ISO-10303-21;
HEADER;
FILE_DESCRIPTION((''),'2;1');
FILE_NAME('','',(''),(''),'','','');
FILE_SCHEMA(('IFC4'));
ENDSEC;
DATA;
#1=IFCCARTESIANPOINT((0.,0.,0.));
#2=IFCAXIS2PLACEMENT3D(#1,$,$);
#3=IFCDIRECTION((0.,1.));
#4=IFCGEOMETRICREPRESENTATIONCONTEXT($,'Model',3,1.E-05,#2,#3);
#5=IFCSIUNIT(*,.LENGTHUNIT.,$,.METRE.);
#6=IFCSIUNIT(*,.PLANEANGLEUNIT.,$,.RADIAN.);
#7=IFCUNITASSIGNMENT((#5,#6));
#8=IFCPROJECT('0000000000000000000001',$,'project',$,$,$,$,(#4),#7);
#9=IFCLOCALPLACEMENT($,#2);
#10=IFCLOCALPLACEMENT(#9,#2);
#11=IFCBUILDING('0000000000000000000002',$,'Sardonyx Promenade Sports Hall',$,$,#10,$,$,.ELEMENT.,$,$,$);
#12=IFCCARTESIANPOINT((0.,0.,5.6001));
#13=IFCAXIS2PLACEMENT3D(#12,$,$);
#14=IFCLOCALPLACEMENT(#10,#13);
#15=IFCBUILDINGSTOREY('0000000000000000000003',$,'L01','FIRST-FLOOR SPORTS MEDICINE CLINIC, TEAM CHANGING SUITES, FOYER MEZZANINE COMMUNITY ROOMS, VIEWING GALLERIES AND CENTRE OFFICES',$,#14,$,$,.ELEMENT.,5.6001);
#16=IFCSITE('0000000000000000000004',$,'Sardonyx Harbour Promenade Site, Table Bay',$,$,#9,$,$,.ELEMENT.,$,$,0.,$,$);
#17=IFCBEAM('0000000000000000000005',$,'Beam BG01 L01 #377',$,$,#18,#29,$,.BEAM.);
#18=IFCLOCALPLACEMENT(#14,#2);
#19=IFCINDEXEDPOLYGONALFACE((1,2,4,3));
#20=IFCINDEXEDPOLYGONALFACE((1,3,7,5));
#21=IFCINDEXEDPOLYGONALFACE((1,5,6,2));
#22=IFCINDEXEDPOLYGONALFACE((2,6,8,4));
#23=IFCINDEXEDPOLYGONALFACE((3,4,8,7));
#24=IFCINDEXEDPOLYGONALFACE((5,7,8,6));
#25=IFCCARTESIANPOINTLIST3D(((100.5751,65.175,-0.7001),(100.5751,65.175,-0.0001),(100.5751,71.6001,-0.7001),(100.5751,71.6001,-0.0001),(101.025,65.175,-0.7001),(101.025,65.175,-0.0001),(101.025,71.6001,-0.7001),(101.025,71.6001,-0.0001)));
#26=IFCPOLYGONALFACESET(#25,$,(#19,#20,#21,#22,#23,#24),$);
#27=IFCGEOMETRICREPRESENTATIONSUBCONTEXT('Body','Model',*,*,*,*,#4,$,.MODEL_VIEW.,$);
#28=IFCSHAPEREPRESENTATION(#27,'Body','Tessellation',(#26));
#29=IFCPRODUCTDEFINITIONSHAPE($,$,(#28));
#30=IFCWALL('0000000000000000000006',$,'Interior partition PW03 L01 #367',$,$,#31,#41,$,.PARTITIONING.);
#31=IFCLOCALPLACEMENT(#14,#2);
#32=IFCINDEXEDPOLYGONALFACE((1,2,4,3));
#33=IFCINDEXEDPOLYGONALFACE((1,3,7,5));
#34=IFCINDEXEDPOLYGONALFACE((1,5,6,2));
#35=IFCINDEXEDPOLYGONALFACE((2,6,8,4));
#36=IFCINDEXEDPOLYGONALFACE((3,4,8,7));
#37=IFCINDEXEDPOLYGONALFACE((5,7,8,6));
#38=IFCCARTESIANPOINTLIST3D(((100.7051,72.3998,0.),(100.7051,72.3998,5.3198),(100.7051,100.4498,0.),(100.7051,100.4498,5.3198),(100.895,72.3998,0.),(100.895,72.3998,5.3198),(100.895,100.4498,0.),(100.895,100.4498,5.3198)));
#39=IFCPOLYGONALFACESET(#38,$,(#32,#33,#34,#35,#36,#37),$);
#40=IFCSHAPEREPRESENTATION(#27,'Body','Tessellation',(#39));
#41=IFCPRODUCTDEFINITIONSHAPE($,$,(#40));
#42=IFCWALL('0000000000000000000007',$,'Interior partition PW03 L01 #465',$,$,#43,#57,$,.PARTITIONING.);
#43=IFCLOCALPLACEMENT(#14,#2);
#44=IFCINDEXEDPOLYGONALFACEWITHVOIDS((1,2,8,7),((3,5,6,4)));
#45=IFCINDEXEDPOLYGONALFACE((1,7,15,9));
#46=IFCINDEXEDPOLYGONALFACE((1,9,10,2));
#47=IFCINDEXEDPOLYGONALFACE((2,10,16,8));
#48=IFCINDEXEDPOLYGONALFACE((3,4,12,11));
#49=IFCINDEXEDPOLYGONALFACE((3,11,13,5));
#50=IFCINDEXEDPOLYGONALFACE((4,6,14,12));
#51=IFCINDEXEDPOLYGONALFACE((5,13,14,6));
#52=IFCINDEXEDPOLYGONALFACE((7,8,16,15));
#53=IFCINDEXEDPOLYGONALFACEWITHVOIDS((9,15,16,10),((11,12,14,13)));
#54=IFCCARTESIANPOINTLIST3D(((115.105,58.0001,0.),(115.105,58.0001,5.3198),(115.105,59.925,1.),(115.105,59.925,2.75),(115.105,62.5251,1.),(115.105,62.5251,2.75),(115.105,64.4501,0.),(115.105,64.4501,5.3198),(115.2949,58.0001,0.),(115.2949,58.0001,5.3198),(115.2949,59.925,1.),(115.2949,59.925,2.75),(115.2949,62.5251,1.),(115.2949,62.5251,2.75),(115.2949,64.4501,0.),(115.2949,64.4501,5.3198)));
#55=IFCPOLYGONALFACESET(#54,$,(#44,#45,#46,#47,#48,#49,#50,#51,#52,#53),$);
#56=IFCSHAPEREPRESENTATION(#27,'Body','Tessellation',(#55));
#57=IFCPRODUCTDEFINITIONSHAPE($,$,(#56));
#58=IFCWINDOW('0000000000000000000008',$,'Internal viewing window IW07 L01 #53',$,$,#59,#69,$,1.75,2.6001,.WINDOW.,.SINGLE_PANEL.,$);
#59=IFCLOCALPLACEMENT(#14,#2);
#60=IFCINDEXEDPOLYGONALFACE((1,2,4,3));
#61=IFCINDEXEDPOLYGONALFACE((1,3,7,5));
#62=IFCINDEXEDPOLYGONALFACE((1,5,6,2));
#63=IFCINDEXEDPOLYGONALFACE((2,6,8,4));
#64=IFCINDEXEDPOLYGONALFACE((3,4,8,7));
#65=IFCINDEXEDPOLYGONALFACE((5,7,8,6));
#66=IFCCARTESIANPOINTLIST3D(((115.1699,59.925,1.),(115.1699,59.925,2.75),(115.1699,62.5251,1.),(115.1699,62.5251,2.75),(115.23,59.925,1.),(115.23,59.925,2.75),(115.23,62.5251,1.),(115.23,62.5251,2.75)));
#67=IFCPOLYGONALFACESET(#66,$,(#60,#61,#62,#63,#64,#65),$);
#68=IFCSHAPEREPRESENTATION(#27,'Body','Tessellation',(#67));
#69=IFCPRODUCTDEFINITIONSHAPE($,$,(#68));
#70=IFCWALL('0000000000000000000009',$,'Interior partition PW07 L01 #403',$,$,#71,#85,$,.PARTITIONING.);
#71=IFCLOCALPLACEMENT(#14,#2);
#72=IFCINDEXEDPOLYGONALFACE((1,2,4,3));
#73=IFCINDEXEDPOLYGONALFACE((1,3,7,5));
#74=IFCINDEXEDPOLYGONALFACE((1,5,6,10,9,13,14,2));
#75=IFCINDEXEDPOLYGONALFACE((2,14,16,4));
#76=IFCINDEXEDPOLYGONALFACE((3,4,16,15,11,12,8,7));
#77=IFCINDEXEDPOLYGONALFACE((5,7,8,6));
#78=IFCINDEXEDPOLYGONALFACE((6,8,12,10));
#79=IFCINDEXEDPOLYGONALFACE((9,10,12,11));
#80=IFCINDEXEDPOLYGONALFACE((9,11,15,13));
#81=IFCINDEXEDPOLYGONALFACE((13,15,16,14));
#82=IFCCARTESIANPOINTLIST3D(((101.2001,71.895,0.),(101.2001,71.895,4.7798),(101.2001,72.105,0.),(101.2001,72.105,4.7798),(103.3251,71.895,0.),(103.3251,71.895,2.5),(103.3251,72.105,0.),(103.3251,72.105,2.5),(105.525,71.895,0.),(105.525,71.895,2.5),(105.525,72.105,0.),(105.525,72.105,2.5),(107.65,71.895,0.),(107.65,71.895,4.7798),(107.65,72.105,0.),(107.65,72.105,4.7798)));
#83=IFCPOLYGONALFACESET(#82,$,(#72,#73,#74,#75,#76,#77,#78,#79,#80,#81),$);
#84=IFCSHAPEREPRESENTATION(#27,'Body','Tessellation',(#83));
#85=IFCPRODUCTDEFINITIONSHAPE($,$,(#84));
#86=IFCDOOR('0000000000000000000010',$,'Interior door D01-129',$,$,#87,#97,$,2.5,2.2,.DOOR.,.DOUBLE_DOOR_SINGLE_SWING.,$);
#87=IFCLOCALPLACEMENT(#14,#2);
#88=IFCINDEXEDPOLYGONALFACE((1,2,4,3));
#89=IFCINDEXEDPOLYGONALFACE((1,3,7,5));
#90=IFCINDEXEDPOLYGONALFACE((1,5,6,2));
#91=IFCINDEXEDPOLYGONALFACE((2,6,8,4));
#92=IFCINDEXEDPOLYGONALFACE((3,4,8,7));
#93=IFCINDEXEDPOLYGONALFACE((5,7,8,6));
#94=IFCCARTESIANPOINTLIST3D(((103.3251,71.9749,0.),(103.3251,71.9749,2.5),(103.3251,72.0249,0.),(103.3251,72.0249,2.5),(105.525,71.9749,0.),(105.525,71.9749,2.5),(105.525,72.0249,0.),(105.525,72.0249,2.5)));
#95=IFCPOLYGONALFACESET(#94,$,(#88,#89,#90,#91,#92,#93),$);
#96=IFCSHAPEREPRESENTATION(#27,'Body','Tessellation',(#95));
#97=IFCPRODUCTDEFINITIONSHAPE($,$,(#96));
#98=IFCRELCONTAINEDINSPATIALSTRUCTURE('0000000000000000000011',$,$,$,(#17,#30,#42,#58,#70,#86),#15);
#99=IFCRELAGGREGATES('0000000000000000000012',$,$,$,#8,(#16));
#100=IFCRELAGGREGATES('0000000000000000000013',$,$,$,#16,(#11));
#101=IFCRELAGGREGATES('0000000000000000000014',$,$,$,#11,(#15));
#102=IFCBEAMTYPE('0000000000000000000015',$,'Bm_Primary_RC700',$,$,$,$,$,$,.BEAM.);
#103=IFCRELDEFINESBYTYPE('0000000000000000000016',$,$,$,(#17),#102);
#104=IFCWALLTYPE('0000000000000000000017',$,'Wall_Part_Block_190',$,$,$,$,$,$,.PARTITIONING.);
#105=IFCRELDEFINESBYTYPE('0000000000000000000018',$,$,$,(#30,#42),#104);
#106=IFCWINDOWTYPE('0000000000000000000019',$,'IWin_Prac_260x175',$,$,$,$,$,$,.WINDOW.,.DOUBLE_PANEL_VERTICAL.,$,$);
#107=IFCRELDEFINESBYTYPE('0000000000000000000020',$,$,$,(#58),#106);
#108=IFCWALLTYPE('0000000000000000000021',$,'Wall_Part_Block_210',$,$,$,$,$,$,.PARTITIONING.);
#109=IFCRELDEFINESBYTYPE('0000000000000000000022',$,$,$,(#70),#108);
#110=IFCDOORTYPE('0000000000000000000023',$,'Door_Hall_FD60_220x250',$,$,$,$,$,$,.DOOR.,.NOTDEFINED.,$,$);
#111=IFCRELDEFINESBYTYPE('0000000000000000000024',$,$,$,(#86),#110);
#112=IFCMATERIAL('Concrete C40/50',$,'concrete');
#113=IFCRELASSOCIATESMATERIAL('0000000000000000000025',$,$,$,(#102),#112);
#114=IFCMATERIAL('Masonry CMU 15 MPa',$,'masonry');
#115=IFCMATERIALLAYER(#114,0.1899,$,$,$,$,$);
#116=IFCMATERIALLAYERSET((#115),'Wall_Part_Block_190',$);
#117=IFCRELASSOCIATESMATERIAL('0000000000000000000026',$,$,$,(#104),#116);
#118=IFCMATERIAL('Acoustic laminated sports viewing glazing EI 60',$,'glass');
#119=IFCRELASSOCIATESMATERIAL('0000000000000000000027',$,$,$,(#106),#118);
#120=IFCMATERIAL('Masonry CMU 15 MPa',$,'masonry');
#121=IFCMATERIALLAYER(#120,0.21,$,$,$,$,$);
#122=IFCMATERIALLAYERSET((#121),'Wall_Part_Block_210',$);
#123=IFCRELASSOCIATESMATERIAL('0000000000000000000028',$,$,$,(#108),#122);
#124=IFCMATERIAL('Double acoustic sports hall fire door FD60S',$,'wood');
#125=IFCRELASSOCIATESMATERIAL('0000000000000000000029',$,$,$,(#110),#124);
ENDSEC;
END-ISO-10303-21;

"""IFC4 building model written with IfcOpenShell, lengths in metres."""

from ifc_helpers import new_model, si_unit, direction, frame, frame_2d, origin, origin_2d, place, context, subcontext, project, spatial, rectangle, extrude, material, layer, layer_set, material_profile, profile_set, type_object, element, fill, save


model = new_model("IFC4")

# Units and contexts
model_context = context("Model", 3, precision=1e-05, world=origin(), true_north=direction((0.0, 1.0)))
body_context = subcontext(model_context, "Body", "Model", "MODEL_VIEW")
ifc_project = project(units=[si_unit("LENGTHUNIT", "METRE"), si_unit("PLANEANGLEUNIT", "RADIAN")], contexts=[model_context])

# Site, building, storey
site_placement = place(None, origin())
site = spatial("IfcSite", under=ifc_project, at=site_placement, Name="Sardonyx Harbour Promenade Site, Table Bay", CompositionType="ELEMENT", RefElevation=0.0)
building_placement = place(site_placement, origin())
building = spatial("IfcBuilding", under=site, at=building_placement, Name="Sardonyx Promenade Sports Hall", CompositionType="ELEMENT")
storey_placement = place(building_placement, frame((0.0, 0.0, 5.6001)))
storey = spatial("IfcBuildingStorey", under=building, at=storey_placement, Name="L01", Description="FIRST-FLOOR SPORTS MEDICINE CLINIC, TEAM CHANGING SUITES, FOYER MEZZANINE COMMUNITY ROOMS, VIEWING GALLERIES AND CENTRE OFFICES", CompositionType="ELEMENT", Elevation=5.6001)

# Beam
ifc_material_1 = material(Name="Concrete C40/50", Category="concrete")
ifc_material_profile_1 = material_profile(ifc_material_1, rectangle(XDim=0.45, YDim=0.7, at=origin_2d()))
ifc_profile_set_1 = profile_set([ifc_material_profile_1], Name="Concrete C40/50")
beam_type_1 = type_object("IfcBeamType", Name="Bm_Primary_RC700", PredefinedType="BEAM", material=ifc_profile_set_1)
beam_1_placement = place(storey_placement, frame((100.8, 65.175, -0.3501), z_axis=(0.0, 1.0, 0.0), x_axis=(-1.0, 0.0, 0.0)))
element("IfcBeam", 1, at=beam_1_placement, inside=storey, type_object=beam_type_1, Name="Beam BG01 L01 #377", PredefinedType="BEAM", context=body_context, shape_type="SweptSolid", body=[
    extrude(rectangle(XDim=0.45, YDim=0.7, at=origin_2d()), origin(), (0.0, 0.0, 1.0), 6.425),
])

# Wall
ifc_material_2 = material(Name="Masonry CMU 15 MPa", Category="masonry")
ifc_layer_1 = layer(ifc_material_2, 0.1899)
ifc_layer_set_1 = layer_set([ifc_layer_1], Name="Wall_Part_Block_190")
wall_type_1 = type_object("IfcWallType", Name="Wall_Part_Block_190", PredefinedType="PARTITIONING", material=ifc_layer_set_1)
wall_1_placement = place(storey_placement, frame((100.8, 72.3999, 0.0), z_axis=(0.0, 0.0, 1.0), x_axis=(0.0, 1.0, 0.0)))
element("IfcWall", 2, at=wall_1_placement, inside=storey, type_object=wall_type_1, Name="Interior partition PW03 L01 #367", PredefinedType="PARTITIONING", context=body_context, shape_type="SweptSolid", body=[
    extrude(rectangle(XDim=28.05, YDim=0.1899, at=frame_2d((14.0249, 0.0))), origin(), (0.0, 0.0, 1.0), 5.3198),
])

# Wall, opening, window
wall_2_placement = place(storey_placement, frame((115.2, 58.0, 0.0), z_axis=(0.0, 0.0, 1.0), x_axis=(0.0, 1.0, 0.0)))
wall_2 = element("IfcWall", 3, at=wall_2_placement, inside=storey, type_object=wall_type_1, Name="Interior partition PW03 L01 #465", PredefinedType="PARTITIONING", context=body_context, shape_type="SweptSolid", body=[
    extrude(rectangle(XDim=6.45, YDim=0.1899, at=frame_2d((3.2251, 0.0))), origin(), (0.0, 0.0, 1.0), 5.3198),
])
opening_1_placement = place(wall_2_placement, frame((1.925, 0.0, 1.0)))
opening_1 = element("IfcOpeningElement", 4, at=opening_1_placement, cuts=wall_2, PredefinedType="OPENING", context=body_context, shape_type="SweptSolid", body=[
    extrude(rectangle(XDim=2.6001, YDim=1.75, at=frame_2d((1.3, 0.875))), frame((0.0, 0.105, 0.0), z_axis=(0.0, -1.0, 0.0), x_axis=(1.0, 0.0, 0.0)), (0.0, 0.0, 1.0), 0.21),
])
ifc_material_3 = material(Name="Acoustic laminated sports viewing glazing EI 60", Category="glass")
window_type = type_object("IfcWindowType", Name="IWin_Prac_260x175", PartitioningType="DOUBLE_PANEL_VERTICAL", PredefinedType="WINDOW", material=ifc_material_3)
window_placement = place(opening_1_placement, origin())
window = element("IfcWindow", 5, at=window_placement, inside=storey, type_object=window_type, Name="Internal viewing window IW07 L01 #53", OverallHeight=1.75, OverallWidth=2.6001, PartitioningType="SINGLE_PANEL", PredefinedType="WINDOW", context=body_context, shape_type="SweptSolid", body=[
    extrude(rectangle(XDim=2.6001, YDim=1.75, at=frame_2d((1.3, 0.875))), frame((0.0, 0.03, 0.0), z_axis=(0.0, -1.0, 0.0), x_axis=(1.0, 0.0, 0.0)), (0.0, 0.0, 1.0), 0.0601),
])
fill(opening_1, window)

# Wall, opening, door
ifc_material_4 = material(Name="Masonry CMU 15 MPa", Category="masonry")
ifc_layer_2 = layer(ifc_material_4, 0.21)
ifc_layer_set_2 = layer_set([ifc_layer_2], Name="Wall_Part_Block_210")
wall_type_2 = type_object("IfcWallType", Name="Wall_Part_Block_210", PredefinedType="PARTITIONING", material=ifc_layer_set_2)
wall_3_placement = place(storey_placement, frame((101.2, 72.0, 0.0), z_axis=(0.0, 0.0, 1.0), x_axis=(1.0, 0.0, 0.0)))
wall_3 = element("IfcWall", 6, at=wall_3_placement, inside=storey, type_object=wall_type_2, Name="Interior partition PW07 L01 #403", PredefinedType="PARTITIONING", context=body_context, shape_type="SweptSolid", body=[
    extrude(rectangle(XDim=6.45, YDim=0.21, at=frame_2d((3.2251, 0.0))), origin(), (0.0, 0.0, 1.0), 4.7798),
])
opening_2_placement = place(wall_3_placement, frame((2.125, 0.0, 0.0)))
opening_2 = element("IfcOpeningElement", 7, at=opening_2_placement, cuts=wall_3, PredefinedType="OPENING", context=body_context, shape_type="SweptSolid", body=[
    extrude(rectangle(XDim=2.2, YDim=2.5, at=frame_2d((1.1001, 1.25))), frame((0.0, 0.115, 0.0), z_axis=(0.0, -1.0, 0.0), x_axis=(1.0, 0.0, 0.0)), (0.0, 0.0, 1.0), 0.23),
])
ifc_material_5 = material(Name="Double acoustic sports hall fire door FD60S", Category="wood")
door_type = type_object("IfcDoorType", Name="Door_Hall_FD60_220x250", OperationType="NOTDEFINED", PredefinedType="DOOR", material=ifc_material_5)
door_placement = place(opening_2_placement, origin())
door = element("IfcDoor", 8, at=door_placement, inside=storey, type_object=door_type, Name="Interior door D01-129", OperationType="DOUBLE_DOOR_SINGLE_SWING", OverallHeight=2.5, OverallWidth=2.2, PredefinedType="DOOR", context=body_context, shape_type="SweptSolid", body=[
    extrude(rectangle(XDim=2.2, YDim=2.5, at=frame_2d((1.1001, 1.25))), frame((0.0, 0.0249, 0.0), z_axis=(0.0, -1.0, 0.0), x_axis=(1.0, 0.0, 0.0)), (0.0, 0.0, 1.0), 0.05),
])
fill(opening_2, door)

save(model, "model.ifc")
